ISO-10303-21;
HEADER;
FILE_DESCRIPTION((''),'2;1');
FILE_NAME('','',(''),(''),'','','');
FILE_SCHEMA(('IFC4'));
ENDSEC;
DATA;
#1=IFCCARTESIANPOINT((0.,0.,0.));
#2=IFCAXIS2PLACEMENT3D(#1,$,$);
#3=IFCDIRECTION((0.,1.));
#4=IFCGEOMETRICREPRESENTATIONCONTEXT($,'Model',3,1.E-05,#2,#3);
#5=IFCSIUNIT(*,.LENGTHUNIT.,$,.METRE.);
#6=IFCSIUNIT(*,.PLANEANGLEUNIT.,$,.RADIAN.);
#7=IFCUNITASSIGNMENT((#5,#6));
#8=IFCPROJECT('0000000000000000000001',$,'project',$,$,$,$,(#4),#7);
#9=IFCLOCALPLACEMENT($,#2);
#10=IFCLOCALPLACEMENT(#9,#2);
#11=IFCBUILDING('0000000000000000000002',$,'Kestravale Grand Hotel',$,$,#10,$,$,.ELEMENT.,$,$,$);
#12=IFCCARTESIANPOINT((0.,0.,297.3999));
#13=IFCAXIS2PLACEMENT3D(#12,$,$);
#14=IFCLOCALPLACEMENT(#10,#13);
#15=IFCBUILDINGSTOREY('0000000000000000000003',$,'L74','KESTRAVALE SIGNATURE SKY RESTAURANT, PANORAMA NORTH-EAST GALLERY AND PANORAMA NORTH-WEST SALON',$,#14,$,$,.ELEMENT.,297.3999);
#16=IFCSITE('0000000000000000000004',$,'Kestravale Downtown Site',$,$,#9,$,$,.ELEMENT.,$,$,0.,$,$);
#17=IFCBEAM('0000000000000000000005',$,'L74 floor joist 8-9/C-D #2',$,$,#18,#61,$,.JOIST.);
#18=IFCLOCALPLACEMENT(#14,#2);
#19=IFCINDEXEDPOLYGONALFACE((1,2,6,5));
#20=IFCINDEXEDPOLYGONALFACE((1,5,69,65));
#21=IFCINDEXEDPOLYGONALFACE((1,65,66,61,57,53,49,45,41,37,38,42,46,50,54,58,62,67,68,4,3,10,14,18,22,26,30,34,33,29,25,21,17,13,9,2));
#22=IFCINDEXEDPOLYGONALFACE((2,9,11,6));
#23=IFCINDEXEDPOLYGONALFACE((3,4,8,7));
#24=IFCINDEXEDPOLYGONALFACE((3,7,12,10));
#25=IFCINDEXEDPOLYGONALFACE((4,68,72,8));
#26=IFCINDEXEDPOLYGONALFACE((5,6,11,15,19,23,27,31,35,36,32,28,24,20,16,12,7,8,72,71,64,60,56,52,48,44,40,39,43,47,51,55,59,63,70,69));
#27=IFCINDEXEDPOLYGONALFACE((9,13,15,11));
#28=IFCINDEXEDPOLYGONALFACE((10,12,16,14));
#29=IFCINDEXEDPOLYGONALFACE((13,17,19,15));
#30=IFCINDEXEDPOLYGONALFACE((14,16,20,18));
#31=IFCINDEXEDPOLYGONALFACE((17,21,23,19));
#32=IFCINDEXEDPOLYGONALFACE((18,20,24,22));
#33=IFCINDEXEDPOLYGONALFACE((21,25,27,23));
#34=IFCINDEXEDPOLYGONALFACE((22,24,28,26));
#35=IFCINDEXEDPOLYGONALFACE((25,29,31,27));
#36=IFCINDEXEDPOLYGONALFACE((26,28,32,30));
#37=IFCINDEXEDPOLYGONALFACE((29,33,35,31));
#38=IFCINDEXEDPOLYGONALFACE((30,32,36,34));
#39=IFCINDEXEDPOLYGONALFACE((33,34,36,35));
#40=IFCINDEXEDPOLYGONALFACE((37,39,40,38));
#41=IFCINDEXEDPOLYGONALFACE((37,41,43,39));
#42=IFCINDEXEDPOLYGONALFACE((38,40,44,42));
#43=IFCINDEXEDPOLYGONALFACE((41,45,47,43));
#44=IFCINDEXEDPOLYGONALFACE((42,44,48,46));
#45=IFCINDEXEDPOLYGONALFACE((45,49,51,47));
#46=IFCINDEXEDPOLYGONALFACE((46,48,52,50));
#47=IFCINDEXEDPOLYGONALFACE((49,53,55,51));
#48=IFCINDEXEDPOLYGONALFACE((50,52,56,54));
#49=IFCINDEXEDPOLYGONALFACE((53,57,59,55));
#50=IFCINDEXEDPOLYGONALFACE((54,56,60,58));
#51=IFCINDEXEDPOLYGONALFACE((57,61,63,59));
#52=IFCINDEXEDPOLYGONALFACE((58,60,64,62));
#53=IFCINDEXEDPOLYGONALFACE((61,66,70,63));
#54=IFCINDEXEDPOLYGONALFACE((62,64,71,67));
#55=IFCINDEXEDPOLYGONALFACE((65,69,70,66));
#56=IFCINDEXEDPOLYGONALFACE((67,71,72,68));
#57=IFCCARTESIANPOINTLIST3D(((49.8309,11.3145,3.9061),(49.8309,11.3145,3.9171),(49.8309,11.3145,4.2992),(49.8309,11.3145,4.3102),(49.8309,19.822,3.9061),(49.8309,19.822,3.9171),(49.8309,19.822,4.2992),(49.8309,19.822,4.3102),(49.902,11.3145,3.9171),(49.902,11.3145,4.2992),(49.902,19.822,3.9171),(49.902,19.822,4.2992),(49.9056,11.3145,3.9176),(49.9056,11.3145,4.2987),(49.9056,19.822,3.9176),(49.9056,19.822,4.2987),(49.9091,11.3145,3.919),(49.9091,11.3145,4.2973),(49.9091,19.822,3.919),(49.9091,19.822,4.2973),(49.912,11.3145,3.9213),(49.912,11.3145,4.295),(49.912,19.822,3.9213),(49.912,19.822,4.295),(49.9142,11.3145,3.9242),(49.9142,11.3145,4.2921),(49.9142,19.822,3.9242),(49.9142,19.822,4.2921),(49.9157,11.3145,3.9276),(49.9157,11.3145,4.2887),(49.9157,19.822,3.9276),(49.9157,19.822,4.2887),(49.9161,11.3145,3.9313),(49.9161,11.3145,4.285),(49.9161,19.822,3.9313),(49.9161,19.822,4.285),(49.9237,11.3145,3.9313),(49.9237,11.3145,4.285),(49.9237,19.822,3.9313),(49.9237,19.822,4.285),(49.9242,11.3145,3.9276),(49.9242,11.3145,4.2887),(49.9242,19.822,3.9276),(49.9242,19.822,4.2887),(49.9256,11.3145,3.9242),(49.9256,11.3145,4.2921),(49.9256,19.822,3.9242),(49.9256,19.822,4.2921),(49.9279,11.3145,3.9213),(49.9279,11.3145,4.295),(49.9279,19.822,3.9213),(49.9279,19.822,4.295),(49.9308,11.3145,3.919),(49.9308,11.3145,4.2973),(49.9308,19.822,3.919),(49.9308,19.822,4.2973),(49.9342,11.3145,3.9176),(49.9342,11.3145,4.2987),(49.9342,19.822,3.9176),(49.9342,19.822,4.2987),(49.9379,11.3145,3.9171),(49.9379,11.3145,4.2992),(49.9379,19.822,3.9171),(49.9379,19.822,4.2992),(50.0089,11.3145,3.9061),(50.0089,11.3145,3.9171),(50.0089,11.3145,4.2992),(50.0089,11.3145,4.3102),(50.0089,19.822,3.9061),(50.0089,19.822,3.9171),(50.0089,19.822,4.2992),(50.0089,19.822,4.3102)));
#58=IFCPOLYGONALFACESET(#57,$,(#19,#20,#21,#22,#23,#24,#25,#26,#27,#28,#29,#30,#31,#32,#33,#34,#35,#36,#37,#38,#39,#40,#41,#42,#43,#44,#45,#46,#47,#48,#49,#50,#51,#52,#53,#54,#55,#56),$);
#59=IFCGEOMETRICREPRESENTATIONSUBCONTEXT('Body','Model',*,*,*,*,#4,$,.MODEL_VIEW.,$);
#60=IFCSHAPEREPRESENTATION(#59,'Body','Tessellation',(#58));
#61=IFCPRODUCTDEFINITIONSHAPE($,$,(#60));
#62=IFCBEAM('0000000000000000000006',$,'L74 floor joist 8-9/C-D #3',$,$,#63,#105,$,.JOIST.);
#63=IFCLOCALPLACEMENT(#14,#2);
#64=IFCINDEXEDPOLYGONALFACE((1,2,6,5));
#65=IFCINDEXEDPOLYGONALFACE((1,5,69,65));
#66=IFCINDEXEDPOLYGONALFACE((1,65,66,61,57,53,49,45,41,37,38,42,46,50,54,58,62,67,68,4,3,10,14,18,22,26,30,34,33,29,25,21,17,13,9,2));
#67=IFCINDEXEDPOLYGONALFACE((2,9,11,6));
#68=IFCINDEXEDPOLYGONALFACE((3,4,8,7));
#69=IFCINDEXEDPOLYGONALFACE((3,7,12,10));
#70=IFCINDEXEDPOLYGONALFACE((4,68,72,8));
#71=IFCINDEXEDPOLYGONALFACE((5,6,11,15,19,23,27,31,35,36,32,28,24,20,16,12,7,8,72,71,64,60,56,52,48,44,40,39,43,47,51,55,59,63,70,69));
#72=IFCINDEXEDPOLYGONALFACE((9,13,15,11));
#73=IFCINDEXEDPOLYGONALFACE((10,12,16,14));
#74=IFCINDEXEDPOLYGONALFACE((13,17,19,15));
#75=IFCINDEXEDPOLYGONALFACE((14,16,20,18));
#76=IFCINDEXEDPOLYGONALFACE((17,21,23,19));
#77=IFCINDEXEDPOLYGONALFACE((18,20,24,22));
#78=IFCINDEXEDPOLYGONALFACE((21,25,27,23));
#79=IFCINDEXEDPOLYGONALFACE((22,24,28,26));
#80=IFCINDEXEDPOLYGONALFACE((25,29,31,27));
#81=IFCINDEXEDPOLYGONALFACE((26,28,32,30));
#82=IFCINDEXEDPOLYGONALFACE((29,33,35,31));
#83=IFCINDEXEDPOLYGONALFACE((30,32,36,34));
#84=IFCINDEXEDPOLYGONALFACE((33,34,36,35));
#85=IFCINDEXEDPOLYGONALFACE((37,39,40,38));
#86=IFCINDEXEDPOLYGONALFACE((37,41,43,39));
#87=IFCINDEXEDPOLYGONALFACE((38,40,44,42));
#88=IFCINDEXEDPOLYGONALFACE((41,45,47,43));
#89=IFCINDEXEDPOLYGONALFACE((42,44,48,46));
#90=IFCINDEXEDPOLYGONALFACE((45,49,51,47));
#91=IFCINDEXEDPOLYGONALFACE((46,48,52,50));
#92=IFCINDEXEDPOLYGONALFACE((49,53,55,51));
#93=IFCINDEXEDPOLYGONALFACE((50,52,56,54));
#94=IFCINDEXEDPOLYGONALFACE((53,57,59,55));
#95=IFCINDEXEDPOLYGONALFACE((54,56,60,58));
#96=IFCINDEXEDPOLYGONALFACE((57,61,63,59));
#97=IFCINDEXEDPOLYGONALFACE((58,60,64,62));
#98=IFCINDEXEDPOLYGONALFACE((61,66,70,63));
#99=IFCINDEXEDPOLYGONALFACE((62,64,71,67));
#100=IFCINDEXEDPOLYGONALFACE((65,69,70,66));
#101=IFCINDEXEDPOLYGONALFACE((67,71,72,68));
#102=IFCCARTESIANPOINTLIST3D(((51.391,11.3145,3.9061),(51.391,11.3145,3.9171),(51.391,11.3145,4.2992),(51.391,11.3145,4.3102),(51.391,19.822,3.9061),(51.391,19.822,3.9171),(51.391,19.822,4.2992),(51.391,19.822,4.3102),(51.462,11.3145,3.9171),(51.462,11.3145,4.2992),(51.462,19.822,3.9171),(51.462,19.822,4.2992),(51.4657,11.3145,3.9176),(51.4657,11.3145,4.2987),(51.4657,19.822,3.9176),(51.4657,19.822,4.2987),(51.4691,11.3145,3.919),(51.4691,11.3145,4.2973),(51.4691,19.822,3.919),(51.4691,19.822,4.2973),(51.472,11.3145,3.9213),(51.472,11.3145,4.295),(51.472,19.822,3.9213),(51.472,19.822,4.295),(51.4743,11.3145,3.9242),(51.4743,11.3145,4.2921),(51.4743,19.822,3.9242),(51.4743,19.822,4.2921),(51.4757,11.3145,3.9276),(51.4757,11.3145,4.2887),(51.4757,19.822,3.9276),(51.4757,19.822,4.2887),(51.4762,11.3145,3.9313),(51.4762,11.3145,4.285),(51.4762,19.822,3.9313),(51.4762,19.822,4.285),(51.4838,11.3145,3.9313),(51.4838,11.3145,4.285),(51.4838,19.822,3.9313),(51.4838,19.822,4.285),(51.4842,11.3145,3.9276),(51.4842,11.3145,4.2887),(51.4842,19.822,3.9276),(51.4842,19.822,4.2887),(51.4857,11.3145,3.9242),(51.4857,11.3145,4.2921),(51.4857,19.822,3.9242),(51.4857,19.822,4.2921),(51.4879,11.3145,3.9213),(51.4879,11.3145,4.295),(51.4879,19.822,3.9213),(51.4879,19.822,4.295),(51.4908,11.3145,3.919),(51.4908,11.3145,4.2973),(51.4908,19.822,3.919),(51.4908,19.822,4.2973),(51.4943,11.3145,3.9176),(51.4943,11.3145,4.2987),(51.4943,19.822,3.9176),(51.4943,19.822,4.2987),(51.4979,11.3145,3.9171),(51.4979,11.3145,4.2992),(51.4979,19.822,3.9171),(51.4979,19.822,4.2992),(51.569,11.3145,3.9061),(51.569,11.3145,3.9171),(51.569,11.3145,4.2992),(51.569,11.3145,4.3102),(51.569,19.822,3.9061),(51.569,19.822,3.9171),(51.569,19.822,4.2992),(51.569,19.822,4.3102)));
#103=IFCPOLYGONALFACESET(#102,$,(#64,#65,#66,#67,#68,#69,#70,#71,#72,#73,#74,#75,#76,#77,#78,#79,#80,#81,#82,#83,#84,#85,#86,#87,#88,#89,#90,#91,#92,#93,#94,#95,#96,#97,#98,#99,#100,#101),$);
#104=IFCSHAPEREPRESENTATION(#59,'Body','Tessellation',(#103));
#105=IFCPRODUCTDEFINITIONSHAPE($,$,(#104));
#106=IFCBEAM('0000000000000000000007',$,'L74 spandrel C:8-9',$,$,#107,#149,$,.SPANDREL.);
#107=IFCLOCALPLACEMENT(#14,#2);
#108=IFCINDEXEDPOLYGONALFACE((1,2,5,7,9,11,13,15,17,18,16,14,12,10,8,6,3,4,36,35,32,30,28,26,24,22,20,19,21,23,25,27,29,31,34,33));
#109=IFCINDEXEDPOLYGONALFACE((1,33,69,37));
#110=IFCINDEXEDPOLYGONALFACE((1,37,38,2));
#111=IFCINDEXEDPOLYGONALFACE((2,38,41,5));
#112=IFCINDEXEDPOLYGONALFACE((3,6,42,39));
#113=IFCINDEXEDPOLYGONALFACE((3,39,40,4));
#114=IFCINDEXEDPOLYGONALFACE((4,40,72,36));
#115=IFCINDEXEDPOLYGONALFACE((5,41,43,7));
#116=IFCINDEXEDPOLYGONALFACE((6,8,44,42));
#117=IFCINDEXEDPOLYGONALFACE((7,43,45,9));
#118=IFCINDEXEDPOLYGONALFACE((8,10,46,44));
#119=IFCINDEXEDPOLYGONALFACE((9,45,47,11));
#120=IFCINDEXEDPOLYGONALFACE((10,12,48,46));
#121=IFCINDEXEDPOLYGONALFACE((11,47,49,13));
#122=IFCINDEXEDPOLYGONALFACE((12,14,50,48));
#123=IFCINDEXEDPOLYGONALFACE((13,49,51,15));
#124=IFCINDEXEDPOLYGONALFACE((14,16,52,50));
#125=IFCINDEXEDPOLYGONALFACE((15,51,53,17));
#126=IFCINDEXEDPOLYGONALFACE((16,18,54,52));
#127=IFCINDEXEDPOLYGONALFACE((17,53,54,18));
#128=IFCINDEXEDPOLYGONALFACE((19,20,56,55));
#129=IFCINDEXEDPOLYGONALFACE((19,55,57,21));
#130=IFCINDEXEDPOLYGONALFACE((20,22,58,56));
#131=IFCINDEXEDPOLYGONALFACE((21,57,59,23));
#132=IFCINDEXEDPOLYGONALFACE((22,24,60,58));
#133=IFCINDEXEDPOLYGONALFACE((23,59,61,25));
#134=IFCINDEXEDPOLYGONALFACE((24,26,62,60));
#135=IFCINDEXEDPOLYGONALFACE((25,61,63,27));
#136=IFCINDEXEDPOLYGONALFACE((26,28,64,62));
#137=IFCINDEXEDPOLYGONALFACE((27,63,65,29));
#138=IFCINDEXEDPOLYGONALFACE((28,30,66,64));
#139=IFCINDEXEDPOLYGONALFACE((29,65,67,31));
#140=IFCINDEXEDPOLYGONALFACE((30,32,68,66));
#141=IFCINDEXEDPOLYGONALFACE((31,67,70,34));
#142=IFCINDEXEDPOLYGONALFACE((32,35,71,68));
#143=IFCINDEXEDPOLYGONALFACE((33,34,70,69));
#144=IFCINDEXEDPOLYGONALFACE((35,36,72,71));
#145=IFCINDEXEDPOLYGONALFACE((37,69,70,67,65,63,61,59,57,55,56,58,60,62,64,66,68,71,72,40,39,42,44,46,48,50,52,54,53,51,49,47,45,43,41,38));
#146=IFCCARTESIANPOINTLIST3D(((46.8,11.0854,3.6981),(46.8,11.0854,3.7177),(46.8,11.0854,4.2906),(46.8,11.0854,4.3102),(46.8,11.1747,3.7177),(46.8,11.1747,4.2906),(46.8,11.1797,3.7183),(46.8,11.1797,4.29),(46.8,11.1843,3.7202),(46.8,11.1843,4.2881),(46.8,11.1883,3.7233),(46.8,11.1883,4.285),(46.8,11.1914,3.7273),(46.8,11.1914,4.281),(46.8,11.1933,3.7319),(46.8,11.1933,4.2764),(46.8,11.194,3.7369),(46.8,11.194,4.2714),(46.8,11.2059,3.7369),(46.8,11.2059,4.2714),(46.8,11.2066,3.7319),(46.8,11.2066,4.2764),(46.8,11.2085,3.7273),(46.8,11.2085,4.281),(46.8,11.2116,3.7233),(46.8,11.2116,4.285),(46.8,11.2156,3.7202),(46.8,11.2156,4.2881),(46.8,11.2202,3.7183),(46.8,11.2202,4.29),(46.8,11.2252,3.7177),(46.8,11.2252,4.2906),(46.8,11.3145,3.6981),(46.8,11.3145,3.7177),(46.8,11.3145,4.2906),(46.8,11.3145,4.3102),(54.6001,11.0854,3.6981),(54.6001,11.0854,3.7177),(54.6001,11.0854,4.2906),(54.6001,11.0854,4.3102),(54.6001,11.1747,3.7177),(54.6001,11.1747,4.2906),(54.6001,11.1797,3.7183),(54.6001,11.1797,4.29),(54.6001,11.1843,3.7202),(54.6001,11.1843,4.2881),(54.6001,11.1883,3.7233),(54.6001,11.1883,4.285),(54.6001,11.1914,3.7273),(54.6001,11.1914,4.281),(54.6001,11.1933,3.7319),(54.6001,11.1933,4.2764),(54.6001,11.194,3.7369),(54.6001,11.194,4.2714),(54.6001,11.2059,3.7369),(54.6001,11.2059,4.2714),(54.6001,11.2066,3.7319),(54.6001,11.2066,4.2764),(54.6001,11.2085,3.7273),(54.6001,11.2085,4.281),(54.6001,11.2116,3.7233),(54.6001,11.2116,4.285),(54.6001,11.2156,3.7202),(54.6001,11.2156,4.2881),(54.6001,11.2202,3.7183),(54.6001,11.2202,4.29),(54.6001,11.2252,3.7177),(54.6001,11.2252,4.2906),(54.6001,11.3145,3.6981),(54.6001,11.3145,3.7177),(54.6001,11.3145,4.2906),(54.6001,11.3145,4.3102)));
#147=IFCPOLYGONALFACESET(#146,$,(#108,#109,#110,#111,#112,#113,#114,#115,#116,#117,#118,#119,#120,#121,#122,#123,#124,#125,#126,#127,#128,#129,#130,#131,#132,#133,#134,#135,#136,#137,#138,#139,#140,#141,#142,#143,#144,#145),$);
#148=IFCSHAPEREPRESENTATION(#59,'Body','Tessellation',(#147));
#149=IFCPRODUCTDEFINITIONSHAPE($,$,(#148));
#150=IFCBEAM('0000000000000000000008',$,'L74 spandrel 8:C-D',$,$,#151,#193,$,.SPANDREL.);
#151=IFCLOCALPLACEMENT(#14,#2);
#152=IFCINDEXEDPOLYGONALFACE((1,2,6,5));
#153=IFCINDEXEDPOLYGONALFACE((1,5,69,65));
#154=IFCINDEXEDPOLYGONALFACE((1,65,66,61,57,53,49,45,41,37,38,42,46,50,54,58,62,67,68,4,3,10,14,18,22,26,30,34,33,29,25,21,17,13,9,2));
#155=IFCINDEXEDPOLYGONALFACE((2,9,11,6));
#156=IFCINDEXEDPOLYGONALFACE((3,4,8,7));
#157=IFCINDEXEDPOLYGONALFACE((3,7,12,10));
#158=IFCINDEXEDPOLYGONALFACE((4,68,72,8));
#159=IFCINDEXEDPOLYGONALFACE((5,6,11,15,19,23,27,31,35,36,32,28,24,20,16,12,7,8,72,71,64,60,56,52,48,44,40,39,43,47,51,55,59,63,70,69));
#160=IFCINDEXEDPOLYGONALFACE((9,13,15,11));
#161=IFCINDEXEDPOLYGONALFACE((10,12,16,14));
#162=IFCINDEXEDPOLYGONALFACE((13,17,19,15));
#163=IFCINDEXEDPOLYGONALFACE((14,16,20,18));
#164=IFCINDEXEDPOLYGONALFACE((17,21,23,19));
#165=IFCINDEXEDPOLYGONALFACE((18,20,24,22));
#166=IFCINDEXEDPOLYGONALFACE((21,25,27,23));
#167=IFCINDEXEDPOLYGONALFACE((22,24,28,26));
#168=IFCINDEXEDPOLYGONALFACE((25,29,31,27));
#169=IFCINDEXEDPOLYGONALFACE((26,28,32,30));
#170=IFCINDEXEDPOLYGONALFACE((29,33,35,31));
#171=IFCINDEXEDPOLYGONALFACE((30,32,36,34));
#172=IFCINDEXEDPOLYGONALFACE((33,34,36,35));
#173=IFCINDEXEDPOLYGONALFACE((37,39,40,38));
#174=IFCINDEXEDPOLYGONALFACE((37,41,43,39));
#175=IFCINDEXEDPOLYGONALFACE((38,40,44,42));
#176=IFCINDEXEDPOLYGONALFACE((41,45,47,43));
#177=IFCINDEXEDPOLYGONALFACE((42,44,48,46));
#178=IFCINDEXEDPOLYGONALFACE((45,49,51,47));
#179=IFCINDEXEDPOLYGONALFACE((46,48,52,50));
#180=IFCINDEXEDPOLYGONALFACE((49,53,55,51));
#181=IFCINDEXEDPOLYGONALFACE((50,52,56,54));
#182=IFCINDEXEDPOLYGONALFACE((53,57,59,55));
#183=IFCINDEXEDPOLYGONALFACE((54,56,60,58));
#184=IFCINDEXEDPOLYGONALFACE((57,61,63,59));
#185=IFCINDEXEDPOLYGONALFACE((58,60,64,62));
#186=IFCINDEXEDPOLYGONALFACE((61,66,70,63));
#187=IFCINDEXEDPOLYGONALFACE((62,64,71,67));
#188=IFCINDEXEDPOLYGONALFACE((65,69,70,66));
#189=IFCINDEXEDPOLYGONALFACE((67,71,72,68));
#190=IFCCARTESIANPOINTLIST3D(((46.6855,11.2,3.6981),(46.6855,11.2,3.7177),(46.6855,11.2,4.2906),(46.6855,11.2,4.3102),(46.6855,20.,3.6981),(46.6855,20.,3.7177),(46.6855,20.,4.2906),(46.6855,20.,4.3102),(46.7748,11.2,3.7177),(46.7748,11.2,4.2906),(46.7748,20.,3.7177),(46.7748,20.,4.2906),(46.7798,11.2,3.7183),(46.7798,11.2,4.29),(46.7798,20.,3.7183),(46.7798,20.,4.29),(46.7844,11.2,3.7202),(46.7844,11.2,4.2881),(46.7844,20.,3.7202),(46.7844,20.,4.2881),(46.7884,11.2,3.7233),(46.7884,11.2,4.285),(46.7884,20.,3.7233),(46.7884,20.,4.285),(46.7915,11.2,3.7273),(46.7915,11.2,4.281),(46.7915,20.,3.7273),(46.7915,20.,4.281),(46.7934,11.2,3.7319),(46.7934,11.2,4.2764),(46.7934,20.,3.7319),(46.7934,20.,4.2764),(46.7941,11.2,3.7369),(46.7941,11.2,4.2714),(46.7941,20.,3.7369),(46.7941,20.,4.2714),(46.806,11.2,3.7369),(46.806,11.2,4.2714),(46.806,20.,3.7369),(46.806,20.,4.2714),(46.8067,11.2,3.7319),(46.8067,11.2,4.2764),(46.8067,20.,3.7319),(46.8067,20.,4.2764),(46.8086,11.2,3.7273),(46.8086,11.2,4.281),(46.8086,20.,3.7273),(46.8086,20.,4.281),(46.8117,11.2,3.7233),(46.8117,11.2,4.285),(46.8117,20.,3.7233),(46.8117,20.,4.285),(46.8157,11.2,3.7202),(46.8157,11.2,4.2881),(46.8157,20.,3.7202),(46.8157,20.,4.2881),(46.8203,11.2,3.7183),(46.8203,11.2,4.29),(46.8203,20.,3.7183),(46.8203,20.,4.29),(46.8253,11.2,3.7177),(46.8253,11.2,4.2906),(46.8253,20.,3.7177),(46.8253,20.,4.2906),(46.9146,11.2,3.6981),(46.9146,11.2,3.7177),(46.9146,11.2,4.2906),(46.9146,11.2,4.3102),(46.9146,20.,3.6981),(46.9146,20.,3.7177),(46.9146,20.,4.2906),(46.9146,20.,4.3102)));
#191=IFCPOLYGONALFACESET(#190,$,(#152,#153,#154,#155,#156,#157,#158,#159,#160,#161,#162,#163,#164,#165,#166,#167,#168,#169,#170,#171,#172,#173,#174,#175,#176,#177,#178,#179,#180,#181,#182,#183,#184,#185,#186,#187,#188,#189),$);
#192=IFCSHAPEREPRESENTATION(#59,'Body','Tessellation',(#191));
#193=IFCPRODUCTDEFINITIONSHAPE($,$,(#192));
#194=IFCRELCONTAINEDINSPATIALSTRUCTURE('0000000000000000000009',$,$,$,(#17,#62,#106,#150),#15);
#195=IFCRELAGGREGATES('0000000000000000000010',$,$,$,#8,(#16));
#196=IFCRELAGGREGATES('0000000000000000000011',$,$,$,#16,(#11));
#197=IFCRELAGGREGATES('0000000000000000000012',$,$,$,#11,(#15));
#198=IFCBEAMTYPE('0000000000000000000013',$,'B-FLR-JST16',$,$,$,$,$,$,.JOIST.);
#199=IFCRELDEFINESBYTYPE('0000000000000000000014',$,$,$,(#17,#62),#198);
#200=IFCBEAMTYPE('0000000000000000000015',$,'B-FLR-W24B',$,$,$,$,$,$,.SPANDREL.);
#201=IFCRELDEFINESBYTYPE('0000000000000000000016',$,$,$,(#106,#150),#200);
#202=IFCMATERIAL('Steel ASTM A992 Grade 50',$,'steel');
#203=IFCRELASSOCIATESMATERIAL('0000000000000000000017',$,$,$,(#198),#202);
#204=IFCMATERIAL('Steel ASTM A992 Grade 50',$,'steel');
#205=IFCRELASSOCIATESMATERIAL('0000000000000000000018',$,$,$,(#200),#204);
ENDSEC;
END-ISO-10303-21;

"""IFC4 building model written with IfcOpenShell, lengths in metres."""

from ifc_helpers import new_model, si_unit, direction, frame, origin, origin_2d, place, context, subcontext, project, spatial, i_section, extrude, material, material_profile, profile_set, type_object, element, save


model = new_model("IFC4")

# Units and contexts
model_context = context("Model", 3, precision=1e-05, world=origin(), true_north=direction((0.0, 1.0)))
body_context = subcontext(model_context, "Body", "Model", "MODEL_VIEW")
ifc_project = project(units=[si_unit("LENGTHUNIT", "METRE"), si_unit("PLANEANGLEUNIT", "RADIAN")], contexts=[model_context])

# Site, building, storey
site_placement = place(None, origin())
site = spatial("IfcSite", under=ifc_project, at=site_placement, Name="Kestravale Downtown Site", CompositionType="ELEMENT", RefElevation=0.0)
building_placement = place(site_placement, origin())
building = spatial("IfcBuilding", under=site, at=building_placement, Name="Kestravale Grand Hotel", CompositionType="ELEMENT")
storey_placement = place(building_placement, frame((0.0, 0.0, 297.3999)))
storey = spatial("IfcBuildingStorey", under=building, at=storey_placement, Name="L74", Description="KESTRAVALE SIGNATURE SKY RESTAURANT, PANORAMA NORTH-EAST GALLERY AND PANORAMA NORTH-WEST SALON", CompositionType="ELEMENT", Elevation=297.3999)

# Beams
ifc_material_1 = material(Name="Steel ASTM A992 Grade 50", Category="steel")
ifc_material_profile_1 = material_profile(ifc_material_1, i_section(OverallWidth=0.178, OverallDepth=0.4041, WebThickness=0.0076, FlangeThickness=0.011, FilletRadius=0.0142, at=origin_2d()))
ifc_profile_set_1 = profile_set([ifc_material_profile_1], Name="Steel ASTM A992 Grade 50")
beam_type_1 = type_object("IfcBeamType", Name="B-FLR-JST16", PredefinedType="JOIST", material=ifc_profile_set_1)
for number, where, z_axis, x_axis, name in (
    (1, (49.9199, 11.3145, 4.1082), (0.0, 1.0, 0.0), (-1.0, 0.0, 0.0), "L74 floor joist 8-9/C-D #2"),
    (2, (51.48, 11.3145, 4.1082), (0.0, 1.0, 0.0), (-1.0, 0.0, 0.0), "L74 floor joist 8-9/C-D #3"),
):
    element("IfcBeam", number, at=place(storey_placement, frame(where, z_axis=z_axis, x_axis=x_axis)), inside=storey, type_object=beam_type_1, Name=name, PredefinedType="JOIST", context=body_context, shape_type="SweptSolid", body=[
        extrude(i_section(OverallWidth=0.178, OverallDepth=0.4041, WebThickness=0.0076, FlangeThickness=0.011, FilletRadius=0.0142, at=origin_2d()), origin(), (0.0, 0.0, 1.0), 8.5076),
    ])
ifc_material_2 = material(Name="Steel ASTM A992 Grade 50", Category="steel")
ifc_material_profile_2 = material_profile(ifc_material_2, i_section(OverallWidth=0.229, OverallDepth=0.6121, WebThickness=0.012, FlangeThickness=0.0195, FilletRadius=0.0193, at=origin_2d()))
ifc_profile_set_2 = profile_set([ifc_material_profile_2], Name="Steel ASTM A992 Grade 50")
beam_type_2 = type_object("IfcBeamType", Name="B-FLR-W24B", PredefinedType="SPANDREL", material=ifc_profile_set_2)
beam_1_placement = place(storey_placement, frame((46.8, 11.2, 4.0042), z_axis=(1.0, 0.0, 0.0), x_axis=(0.0, 1.0, 0.0)))
element("IfcBeam", 3, at=beam_1_placement, inside=storey, type_object=beam_type_2, Name="L74 spandrel C:8-9", PredefinedType="SPANDREL", context=body_context, shape_type="SweptSolid", body=[
    extrude(i_section(OverallWidth=0.229, OverallDepth=0.6121, WebThickness=0.012, FlangeThickness=0.0195, FilletRadius=0.0193, at=origin_2d()), origin(), (0.0, 0.0, 1.0), 7.8),
])
beam_2_placement = place(storey_placement, frame((46.8, 11.2, 4.0042), z_axis=(0.0, 1.0, 0.0), x_axis=(-1.0, 0.0, 0.0)))
element("IfcBeam", 4, at=beam_2_placement, inside=storey, type_object=beam_type_2, Name="L74 spandrel 8:C-D", PredefinedType="SPANDREL", context=body_context, shape_type="SweptSolid", body=[
    extrude(i_section(OverallWidth=0.229, OverallDepth=0.6121, WebThickness=0.012, FlangeThickness=0.0195, FilletRadius=0.0193, at=origin_2d()), origin(), (0.0, 0.0, 1.0), 8.8),
])

save(model, "model.ifc")
